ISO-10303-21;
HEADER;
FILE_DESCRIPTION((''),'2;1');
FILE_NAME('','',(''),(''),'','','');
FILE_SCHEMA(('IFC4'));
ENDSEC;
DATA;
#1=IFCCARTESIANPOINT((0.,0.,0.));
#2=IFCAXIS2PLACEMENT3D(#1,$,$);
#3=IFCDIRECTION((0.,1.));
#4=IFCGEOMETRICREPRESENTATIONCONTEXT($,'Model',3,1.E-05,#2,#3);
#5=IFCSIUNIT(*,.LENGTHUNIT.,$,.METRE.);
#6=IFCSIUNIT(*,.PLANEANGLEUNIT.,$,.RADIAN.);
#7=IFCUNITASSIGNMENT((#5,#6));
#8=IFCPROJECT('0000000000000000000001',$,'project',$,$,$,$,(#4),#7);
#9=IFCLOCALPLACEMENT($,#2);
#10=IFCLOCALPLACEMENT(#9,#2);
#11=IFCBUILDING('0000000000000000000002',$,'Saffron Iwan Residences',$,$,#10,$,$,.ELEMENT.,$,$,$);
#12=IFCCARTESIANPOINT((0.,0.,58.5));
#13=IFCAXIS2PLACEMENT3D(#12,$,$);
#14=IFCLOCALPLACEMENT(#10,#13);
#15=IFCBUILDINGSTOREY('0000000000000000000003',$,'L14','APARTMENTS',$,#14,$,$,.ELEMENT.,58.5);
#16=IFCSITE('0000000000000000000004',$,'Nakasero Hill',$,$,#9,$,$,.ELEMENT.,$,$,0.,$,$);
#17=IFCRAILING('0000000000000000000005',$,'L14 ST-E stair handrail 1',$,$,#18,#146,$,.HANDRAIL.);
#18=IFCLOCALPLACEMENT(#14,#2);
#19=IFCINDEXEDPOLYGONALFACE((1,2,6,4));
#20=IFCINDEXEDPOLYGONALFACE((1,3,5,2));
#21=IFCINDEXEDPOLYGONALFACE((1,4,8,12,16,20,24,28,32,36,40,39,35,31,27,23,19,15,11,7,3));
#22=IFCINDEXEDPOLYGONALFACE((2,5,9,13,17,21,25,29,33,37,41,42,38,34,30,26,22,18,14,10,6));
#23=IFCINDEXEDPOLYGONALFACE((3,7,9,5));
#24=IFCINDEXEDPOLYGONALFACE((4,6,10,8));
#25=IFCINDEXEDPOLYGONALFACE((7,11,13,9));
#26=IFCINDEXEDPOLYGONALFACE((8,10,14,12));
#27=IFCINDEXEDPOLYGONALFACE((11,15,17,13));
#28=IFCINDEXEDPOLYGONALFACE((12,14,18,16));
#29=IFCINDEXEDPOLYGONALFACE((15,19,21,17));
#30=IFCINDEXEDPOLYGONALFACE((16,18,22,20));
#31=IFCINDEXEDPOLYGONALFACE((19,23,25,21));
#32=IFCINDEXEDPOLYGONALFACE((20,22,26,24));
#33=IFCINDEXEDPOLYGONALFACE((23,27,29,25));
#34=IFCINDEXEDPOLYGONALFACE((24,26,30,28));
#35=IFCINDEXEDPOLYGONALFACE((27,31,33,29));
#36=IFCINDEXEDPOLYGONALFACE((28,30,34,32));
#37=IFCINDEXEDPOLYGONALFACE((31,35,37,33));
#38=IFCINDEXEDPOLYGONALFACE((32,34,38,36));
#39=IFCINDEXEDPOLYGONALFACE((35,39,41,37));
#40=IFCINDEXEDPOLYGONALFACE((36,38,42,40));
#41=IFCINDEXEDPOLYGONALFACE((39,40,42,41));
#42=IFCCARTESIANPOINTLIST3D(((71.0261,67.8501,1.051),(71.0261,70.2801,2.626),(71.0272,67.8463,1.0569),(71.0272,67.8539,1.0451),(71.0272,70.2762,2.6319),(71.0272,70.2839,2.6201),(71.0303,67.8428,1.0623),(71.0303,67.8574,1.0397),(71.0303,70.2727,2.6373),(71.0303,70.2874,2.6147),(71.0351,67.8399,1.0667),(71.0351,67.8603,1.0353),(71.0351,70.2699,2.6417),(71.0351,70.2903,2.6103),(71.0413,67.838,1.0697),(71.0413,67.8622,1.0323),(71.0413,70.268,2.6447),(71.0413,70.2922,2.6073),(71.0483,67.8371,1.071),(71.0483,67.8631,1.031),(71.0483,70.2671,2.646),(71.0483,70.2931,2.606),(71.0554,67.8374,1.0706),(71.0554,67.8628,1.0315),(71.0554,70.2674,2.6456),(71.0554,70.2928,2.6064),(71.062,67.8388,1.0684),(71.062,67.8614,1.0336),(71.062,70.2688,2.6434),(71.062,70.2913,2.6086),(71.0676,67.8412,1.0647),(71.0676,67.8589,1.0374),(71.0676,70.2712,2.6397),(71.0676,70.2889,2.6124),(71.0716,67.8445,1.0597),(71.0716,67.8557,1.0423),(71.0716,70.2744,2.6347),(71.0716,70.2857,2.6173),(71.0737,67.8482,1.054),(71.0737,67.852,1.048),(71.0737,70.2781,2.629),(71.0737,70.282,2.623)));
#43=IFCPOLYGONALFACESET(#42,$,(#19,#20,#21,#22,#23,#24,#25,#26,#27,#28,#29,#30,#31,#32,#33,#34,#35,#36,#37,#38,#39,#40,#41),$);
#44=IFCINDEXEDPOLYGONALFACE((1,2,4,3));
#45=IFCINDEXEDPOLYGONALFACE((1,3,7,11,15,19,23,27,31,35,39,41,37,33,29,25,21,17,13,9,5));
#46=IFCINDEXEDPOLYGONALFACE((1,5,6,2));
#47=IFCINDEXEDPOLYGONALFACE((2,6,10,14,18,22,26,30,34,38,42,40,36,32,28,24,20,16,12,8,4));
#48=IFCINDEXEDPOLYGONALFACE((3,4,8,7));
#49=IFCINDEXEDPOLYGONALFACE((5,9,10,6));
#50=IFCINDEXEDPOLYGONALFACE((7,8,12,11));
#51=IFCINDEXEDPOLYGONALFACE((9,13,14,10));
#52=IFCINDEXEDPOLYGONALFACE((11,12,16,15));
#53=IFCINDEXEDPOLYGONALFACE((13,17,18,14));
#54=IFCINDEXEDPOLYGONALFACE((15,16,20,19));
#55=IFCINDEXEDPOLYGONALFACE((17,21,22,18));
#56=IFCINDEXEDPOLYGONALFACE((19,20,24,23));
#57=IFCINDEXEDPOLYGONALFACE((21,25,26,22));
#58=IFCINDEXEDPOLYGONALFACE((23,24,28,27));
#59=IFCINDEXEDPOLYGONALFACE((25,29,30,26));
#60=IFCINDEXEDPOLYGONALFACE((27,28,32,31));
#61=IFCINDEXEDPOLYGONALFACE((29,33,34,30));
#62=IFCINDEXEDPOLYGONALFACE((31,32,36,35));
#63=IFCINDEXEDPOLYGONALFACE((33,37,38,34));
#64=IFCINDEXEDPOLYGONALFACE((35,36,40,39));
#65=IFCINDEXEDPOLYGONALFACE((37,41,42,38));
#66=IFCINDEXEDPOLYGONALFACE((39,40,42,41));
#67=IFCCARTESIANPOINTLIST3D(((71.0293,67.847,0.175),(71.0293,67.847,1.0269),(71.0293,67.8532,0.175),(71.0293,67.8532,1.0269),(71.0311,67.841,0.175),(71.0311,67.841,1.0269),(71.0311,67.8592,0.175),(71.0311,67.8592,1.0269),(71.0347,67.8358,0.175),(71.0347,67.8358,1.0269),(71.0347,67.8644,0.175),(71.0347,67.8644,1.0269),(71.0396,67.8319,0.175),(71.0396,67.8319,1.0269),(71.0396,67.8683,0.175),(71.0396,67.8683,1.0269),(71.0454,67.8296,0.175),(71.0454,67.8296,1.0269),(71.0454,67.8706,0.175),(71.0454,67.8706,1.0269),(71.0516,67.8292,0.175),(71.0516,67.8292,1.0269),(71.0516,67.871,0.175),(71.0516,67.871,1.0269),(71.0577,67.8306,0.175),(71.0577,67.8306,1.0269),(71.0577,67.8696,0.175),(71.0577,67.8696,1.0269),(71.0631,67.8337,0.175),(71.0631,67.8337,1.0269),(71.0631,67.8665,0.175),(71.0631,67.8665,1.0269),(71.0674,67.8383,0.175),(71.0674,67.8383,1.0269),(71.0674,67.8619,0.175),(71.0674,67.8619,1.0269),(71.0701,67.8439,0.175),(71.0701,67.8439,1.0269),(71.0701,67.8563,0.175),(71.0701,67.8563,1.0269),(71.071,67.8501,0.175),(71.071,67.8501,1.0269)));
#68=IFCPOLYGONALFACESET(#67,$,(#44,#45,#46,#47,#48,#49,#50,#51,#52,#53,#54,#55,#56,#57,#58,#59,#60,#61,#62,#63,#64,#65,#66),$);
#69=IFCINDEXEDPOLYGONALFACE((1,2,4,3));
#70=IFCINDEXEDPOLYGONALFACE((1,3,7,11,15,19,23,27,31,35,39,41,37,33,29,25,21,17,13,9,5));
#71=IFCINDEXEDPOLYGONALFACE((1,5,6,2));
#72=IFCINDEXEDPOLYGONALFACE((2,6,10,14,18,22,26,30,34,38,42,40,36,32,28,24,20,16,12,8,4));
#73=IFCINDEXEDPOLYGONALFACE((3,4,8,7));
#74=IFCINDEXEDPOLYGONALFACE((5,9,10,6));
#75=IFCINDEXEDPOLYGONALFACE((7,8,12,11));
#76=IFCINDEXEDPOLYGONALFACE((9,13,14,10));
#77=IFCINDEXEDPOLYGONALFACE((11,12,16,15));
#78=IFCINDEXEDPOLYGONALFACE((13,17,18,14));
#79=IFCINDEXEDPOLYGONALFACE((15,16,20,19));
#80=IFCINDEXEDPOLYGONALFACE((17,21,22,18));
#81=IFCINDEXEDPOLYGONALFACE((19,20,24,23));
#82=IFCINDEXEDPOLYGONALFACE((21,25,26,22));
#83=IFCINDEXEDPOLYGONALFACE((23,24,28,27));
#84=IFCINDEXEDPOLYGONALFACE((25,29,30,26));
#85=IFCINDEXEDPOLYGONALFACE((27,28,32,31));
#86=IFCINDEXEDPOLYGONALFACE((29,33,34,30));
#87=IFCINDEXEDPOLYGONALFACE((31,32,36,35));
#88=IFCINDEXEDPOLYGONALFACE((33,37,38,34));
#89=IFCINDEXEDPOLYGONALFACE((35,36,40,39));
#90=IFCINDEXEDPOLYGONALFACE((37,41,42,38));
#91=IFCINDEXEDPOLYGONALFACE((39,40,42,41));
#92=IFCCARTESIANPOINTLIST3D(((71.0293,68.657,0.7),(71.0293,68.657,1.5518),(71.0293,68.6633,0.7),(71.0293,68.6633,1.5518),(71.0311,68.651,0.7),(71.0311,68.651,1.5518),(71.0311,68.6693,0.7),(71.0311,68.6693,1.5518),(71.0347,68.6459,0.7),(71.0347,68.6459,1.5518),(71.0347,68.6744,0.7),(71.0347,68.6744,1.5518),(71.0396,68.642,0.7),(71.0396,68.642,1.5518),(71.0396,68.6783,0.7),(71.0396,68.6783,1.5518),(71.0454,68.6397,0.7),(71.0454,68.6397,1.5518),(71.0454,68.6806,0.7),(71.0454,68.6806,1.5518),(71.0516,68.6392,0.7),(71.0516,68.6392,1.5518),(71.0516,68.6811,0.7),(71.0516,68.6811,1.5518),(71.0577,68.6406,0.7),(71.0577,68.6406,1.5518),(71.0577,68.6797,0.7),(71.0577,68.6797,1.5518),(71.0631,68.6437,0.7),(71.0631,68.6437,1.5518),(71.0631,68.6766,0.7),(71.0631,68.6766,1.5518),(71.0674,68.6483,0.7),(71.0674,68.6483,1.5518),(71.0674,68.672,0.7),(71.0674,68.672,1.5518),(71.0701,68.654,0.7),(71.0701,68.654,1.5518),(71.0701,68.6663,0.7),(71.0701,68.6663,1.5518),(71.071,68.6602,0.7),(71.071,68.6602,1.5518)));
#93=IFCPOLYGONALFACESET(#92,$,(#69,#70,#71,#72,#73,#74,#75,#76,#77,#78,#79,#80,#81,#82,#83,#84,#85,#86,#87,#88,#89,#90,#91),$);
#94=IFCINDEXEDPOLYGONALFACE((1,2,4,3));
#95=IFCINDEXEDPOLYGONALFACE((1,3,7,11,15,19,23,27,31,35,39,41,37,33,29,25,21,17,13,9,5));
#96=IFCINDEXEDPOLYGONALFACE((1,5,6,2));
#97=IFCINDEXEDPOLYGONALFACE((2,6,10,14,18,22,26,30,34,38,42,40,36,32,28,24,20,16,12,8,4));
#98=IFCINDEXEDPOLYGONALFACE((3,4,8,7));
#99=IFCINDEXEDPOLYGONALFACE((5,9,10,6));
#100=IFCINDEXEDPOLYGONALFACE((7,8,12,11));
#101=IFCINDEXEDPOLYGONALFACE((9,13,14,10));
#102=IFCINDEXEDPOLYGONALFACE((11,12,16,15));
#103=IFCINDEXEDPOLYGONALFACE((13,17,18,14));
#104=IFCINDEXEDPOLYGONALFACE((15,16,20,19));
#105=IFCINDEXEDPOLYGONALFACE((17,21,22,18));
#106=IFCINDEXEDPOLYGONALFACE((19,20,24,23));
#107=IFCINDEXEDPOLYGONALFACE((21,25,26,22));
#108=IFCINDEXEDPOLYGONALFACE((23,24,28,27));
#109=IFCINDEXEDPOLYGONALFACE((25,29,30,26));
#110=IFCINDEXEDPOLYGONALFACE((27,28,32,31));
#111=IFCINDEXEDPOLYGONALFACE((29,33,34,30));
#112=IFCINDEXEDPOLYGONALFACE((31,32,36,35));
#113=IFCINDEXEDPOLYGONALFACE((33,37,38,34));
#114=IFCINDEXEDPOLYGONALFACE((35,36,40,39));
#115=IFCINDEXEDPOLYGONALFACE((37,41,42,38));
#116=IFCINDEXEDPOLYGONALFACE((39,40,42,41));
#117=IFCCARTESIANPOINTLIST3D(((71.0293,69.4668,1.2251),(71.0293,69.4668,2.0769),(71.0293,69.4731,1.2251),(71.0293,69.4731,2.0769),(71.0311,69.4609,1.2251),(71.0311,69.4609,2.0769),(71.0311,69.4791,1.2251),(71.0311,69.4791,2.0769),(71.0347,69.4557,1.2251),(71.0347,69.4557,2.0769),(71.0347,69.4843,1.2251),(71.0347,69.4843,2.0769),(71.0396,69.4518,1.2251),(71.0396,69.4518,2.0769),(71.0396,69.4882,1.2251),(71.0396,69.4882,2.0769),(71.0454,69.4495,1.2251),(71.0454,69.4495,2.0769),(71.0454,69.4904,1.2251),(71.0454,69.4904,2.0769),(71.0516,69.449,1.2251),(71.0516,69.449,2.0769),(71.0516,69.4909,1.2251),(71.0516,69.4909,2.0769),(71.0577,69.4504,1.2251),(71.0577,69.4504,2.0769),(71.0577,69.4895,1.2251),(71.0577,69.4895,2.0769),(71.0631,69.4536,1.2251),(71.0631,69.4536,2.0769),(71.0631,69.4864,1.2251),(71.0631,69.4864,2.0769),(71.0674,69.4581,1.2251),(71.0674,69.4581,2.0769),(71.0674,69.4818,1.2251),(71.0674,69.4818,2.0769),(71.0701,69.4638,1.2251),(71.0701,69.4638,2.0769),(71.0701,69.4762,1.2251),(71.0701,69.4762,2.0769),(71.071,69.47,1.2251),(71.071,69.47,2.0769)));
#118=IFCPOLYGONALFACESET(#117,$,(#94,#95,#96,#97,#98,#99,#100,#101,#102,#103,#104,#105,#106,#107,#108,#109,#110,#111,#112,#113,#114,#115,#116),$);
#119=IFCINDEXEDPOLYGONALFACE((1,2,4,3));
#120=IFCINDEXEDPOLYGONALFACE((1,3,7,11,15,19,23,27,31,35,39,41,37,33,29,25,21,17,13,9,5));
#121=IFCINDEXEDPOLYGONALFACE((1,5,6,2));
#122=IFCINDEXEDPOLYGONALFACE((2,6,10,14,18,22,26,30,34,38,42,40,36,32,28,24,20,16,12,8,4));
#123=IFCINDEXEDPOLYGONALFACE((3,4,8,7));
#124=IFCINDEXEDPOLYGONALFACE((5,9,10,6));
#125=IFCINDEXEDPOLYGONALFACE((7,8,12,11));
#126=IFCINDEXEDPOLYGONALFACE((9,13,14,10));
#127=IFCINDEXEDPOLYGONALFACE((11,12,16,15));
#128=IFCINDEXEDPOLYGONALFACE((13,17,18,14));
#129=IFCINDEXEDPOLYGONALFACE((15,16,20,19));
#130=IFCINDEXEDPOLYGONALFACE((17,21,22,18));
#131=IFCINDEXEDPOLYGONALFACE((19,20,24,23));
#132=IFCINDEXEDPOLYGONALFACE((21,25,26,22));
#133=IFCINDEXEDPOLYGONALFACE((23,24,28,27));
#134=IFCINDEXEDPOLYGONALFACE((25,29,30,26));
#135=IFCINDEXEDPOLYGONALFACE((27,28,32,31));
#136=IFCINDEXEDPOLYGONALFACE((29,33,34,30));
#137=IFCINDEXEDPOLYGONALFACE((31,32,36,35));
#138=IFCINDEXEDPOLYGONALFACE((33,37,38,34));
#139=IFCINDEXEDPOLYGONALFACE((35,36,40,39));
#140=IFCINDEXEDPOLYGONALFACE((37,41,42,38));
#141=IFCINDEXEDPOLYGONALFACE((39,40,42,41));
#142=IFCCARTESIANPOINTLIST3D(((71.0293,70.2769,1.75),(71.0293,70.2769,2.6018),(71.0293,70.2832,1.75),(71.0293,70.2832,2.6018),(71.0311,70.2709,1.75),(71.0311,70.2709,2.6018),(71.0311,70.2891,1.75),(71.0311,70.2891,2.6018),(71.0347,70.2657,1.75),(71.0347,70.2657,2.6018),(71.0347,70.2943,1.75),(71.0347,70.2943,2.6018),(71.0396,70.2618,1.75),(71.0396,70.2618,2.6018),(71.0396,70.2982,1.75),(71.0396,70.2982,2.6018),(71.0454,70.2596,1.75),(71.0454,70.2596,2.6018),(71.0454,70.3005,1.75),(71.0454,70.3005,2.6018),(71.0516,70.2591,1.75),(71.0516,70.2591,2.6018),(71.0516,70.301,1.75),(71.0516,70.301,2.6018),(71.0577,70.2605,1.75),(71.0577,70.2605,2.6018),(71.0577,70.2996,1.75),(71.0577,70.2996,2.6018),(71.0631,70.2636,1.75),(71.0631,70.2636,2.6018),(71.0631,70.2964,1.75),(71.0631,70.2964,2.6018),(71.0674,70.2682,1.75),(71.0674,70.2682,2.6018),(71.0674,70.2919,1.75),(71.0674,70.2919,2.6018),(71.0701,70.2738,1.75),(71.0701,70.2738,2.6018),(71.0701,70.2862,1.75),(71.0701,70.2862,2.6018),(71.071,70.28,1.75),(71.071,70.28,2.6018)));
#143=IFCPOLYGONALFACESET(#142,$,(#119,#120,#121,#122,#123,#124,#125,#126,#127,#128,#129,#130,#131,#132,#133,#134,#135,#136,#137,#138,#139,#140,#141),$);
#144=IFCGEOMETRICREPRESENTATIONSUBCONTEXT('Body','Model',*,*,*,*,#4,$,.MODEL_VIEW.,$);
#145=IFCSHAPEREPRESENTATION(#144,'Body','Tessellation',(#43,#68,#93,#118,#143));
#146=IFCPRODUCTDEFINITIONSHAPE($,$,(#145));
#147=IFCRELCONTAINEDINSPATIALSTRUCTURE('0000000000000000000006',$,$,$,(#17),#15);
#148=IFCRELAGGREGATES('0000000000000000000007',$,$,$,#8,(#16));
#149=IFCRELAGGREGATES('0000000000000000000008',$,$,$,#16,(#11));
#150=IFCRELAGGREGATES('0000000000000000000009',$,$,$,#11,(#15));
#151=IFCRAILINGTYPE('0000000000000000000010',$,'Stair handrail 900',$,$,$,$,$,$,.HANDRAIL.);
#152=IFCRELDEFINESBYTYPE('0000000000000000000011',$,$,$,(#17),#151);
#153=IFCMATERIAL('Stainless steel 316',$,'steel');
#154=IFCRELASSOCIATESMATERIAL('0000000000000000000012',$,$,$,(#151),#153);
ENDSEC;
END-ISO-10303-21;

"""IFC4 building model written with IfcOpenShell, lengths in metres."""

from ifc_helpers import new_model, si_unit, direction, frame, origin, origin_2d, place, context, subcontext, project, spatial, circle, extrude, material, type_object, element, save


model = new_model("IFC4")

# Units and contexts
model_context = context("Model", 3, precision=1e-05, world=origin(), true_north=direction((0.0, 1.0)))
body_context = subcontext(model_context, "Body", "Model", "MODEL_VIEW")
ifc_project = project(units=[si_unit("LENGTHUNIT", "METRE"), si_unit("PLANEANGLEUNIT", "RADIAN")], contexts=[model_context])

# Site, building, storey
site_placement = place(None, origin())
site = spatial("IfcSite", under=ifc_project, at=site_placement, Name="Nakasero Hill", CompositionType="ELEMENT", RefElevation=0.0)
building_placement = place(site_placement, origin())
building = spatial("IfcBuilding", under=site, at=building_placement, Name="Saffron Iwan Residences", CompositionType="ELEMENT")
storey_placement = place(building_placement, frame((0.0, 0.0, 58.5)))
storey = spatial("IfcBuildingStorey", under=building, at=storey_placement, Name="L14", Description="APARTMENTS", CompositionType="ELEMENT", Elevation=58.5)

# Railing
ifc_material_1 = material(Name="Stainless steel 316", Category="steel")
railing_type = type_object("IfcRailingType", Name="Stair handrail 900", PredefinedType="HANDRAIL", material=ifc_material_1)
railing_placement = place(storey_placement, frame((71.05, 67.8501, 0.175)))
element("IfcRailing", 1, at=railing_placement, inside=storey, type_object=railing_type, Name="L14 ST-E stair handrail 1", PredefinedType="HANDRAIL", context=body_context, shape_type="SweptSolid", body=[
    extrude(circle(Radius=0.0239, at=origin_2d()), frame((0.0, 0.0, 0.876), z_axis=(0.0, 0.839154, 0.543894), x_axis=(-1.0, 0.0, 0.0)), (0.0, 0.0, 1.0), 2.8958),
    extrude(circle(Radius=0.021, at=origin_2d()), origin(), (0.0, 0.0, 1.0), 0.8518),
    extrude(circle(Radius=0.021, at=origin_2d()), frame((0.0, 0.8101, 0.5249)), (0.0, 0.0, 1.0), 0.8518),
    extrude(circle(Radius=0.021, at=origin_2d()), frame((0.0, 1.6199, 1.05)), (0.0, 0.0, 1.0), 0.8518),
    extrude(circle(Radius=0.021, at=origin_2d()), frame((0.0, 2.4299, 1.575)), (0.0, 0.0, 1.0), 0.8518),
])

save(model, "model.ifc")
